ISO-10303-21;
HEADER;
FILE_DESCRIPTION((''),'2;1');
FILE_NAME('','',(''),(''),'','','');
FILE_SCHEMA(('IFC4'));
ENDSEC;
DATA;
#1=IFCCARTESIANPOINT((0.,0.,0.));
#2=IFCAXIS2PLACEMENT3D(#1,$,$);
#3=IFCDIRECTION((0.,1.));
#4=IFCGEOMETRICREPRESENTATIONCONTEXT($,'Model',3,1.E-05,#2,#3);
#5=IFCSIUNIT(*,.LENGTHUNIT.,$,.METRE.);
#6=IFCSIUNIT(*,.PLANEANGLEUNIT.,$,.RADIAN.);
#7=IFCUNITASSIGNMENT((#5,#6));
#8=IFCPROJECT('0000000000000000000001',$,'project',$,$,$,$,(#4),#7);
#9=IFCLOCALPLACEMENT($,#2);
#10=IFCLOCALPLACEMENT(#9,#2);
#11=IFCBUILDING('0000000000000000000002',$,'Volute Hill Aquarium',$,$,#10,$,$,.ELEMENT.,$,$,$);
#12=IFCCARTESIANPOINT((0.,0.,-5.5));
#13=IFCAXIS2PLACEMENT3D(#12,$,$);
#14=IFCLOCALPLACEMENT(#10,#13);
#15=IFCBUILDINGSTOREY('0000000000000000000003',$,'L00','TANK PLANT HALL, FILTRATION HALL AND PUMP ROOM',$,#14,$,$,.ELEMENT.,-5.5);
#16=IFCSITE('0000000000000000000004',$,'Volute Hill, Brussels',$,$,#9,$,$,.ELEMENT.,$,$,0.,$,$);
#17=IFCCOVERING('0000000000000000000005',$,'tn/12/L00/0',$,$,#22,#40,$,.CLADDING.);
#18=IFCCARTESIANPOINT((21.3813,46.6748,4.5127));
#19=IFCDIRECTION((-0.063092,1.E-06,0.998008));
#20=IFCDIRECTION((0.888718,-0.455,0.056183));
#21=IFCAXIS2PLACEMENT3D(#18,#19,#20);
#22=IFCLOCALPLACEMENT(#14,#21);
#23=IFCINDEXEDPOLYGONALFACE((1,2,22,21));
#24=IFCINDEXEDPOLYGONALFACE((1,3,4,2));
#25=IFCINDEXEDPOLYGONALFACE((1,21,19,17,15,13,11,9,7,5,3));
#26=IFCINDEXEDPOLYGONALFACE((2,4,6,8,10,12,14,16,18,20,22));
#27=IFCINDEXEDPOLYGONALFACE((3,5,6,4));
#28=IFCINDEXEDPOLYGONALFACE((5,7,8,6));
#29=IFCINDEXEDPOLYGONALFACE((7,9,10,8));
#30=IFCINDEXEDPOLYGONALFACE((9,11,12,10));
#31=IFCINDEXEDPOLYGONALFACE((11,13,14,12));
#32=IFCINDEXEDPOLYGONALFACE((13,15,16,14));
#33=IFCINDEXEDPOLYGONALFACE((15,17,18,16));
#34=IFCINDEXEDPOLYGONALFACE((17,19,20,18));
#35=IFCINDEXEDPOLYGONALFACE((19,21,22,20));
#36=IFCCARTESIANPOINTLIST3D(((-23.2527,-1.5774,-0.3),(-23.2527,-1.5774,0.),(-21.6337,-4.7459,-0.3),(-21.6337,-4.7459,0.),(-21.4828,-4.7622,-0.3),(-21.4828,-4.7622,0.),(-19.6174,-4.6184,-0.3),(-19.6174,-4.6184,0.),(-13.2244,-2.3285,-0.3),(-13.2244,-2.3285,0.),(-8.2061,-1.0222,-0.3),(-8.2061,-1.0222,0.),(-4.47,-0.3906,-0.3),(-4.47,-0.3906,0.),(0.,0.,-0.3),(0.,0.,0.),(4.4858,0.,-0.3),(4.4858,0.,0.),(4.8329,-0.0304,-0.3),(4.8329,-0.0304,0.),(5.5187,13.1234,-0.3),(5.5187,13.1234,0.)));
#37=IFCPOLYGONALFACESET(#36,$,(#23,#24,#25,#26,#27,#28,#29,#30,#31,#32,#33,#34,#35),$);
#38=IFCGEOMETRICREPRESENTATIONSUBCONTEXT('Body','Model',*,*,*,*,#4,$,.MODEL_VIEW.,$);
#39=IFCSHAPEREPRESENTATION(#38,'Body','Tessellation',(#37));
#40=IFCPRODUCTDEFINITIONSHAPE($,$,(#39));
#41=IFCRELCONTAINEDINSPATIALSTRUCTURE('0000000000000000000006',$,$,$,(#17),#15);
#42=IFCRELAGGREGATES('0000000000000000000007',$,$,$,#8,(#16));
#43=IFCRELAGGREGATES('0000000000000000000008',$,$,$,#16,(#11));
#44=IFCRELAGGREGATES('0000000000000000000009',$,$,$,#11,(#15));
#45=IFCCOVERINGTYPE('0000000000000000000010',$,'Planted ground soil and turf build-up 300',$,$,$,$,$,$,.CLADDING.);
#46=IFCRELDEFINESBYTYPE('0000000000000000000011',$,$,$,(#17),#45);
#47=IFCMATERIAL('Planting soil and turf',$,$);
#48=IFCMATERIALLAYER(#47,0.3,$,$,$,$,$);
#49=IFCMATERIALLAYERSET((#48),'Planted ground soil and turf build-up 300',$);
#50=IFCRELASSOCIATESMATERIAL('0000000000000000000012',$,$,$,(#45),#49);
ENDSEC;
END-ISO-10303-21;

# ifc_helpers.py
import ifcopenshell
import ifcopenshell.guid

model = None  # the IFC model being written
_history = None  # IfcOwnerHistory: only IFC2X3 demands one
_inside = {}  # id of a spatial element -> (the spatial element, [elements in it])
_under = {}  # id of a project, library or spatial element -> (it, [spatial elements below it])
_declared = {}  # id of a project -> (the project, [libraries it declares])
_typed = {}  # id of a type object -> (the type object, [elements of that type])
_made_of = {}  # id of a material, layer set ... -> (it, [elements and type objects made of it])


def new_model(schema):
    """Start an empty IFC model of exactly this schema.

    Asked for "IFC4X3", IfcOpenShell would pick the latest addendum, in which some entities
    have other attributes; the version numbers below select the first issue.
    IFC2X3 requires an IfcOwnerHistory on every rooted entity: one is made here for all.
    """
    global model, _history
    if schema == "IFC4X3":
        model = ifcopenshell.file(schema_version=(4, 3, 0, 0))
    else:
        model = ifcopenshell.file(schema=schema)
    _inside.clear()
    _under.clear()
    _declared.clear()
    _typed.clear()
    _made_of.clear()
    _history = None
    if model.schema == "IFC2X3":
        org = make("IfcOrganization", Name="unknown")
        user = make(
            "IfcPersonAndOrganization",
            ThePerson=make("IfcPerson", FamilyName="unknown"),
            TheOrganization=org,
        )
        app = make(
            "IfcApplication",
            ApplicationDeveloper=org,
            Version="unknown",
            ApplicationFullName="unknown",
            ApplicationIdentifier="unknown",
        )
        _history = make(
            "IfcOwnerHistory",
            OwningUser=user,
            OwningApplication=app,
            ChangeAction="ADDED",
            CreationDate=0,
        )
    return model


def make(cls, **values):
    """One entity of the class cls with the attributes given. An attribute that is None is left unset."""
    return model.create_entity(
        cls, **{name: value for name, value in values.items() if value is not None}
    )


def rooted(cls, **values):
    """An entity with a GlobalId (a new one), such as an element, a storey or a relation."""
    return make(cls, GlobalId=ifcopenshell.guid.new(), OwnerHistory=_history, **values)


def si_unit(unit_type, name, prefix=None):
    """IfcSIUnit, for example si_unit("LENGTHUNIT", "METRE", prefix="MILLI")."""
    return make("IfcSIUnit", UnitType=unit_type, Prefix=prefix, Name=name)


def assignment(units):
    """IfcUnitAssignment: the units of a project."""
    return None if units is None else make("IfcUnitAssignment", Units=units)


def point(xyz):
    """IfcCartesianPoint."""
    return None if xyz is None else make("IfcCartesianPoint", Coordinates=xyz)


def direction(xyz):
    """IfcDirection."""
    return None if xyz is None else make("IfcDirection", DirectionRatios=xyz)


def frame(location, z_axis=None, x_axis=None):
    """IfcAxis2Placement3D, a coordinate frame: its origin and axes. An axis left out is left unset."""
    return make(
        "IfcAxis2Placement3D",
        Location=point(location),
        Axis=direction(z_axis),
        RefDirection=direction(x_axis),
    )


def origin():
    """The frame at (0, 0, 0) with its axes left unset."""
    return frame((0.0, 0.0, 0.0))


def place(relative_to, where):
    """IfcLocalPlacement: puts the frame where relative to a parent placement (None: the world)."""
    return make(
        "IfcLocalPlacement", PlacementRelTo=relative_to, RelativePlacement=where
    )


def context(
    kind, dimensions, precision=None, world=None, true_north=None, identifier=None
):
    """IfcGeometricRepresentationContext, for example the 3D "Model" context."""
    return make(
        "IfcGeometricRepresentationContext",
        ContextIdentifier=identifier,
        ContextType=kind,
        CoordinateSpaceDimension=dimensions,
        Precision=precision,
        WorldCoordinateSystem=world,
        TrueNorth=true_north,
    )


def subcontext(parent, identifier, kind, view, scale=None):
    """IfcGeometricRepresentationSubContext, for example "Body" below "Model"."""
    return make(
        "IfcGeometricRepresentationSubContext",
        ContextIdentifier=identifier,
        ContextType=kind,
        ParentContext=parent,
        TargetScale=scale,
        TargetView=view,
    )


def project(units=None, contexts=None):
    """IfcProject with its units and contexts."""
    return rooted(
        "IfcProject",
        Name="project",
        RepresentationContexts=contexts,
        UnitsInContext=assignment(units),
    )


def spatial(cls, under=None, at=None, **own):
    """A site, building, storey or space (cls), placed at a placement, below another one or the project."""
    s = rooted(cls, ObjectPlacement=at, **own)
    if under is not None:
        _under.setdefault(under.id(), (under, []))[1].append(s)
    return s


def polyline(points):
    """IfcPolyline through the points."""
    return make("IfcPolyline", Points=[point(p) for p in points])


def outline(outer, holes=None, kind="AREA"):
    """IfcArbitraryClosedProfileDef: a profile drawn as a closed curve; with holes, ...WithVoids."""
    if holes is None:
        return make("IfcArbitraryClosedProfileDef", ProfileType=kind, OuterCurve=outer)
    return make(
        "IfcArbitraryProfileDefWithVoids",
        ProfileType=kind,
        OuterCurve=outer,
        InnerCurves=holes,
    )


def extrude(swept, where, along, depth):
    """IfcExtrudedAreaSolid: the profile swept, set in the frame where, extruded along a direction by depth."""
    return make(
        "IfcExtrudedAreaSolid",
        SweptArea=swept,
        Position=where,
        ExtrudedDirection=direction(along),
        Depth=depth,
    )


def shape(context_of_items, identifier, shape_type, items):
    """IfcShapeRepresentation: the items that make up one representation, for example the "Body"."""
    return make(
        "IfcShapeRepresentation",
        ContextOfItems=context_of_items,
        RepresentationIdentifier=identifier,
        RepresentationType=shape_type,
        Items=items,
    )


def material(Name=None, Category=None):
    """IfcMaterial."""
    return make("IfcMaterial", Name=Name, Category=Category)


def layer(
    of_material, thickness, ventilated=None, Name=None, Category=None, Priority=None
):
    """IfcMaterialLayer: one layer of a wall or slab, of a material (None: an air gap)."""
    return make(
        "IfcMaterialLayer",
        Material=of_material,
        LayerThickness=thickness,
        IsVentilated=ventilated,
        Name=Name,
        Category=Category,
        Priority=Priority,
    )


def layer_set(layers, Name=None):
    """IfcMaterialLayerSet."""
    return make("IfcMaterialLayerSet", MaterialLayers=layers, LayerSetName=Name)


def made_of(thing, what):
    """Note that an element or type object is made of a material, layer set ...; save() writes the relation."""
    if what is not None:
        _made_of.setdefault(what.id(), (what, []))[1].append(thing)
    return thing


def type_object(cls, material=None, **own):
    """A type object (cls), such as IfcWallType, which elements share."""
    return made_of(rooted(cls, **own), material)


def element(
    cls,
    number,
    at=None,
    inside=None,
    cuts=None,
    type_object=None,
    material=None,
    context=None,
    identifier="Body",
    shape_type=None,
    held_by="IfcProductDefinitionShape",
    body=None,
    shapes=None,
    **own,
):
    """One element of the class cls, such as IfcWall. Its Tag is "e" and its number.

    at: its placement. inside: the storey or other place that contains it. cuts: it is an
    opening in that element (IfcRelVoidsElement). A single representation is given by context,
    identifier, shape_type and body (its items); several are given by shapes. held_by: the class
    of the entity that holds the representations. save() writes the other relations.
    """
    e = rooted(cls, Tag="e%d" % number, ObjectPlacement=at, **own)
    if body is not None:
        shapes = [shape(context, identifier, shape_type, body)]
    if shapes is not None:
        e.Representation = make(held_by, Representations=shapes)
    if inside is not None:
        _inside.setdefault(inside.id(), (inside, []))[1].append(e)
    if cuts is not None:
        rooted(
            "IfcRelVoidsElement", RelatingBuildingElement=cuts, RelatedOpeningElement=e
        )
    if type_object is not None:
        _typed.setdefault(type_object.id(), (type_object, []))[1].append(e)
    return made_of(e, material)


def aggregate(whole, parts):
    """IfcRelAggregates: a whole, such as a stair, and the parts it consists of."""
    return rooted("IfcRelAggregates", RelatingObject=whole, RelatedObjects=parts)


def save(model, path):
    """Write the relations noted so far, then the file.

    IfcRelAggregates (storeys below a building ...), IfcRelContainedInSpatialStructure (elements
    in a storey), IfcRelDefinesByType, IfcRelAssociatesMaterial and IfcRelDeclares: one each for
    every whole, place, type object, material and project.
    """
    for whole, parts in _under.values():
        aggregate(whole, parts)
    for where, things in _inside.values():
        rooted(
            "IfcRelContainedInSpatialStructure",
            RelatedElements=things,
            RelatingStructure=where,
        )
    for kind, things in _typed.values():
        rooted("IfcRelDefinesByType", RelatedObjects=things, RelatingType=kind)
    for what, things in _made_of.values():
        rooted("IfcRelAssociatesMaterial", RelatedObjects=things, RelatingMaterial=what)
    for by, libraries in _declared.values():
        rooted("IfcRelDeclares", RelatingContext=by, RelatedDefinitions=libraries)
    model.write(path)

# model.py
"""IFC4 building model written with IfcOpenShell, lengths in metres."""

from ifc_helpers import new_model, si_unit, direction, frame, origin, place, context, subcontext, project, spatial, polyline, outline, extrude, material, layer, layer_set, type_object, element, save


model = new_model("IFC4")

# Units and contexts
model_context = context("Model", 3, precision=1e-05, world=origin(), true_north=direction((0.0, 1.0)))
body_context = subcontext(model_context, "Body", "Model", "MODEL_VIEW")
ifc_project = project(units=[si_unit("LENGTHUNIT", "METRE"), si_unit("PLANEANGLEUNIT", "RADIAN")], contexts=[model_context])

# Site, building, storey
site_placement = place(None, origin())
site = spatial("IfcSite", under=ifc_project, at=site_placement, Name="Volute Hill, Brussels", CompositionType="ELEMENT", RefElevation=0.0)
building_placement = place(site_placement, origin())
building = spatial("IfcBuilding", under=site, at=building_placement, Name="Volute Hill Aquarium", CompositionType="ELEMENT")
storey_placement = place(building_placement, frame((0.0, 0.0, -5.5)))
storey = spatial("IfcBuildingStorey", under=building, at=storey_placement, Name="L00", Description="TANK PLANT HALL, FILTRATION HALL AND PUMP ROOM", CompositionType="ELEMENT", Elevation=-5.5)

# Covering
ifc_material_1 = material(Name="Planting soil and turf")
ifc_layer_1 = layer(ifc_material_1, 0.3)
ifc_layer_set_1 = layer_set([ifc_layer_1], Name="Planted ground soil and turf build-up 300")
covering_type = type_object("IfcCoveringType", Name="Planted ground soil and turf build-up 300", PredefinedType="CLADDING", material=ifc_layer_set_1)
covering_placement = place(storey_placement, frame((21.3813, 46.6748, 4.5127), z_axis=(-0.063092, 0.000001, 0.998008), x_axis=(0.888718, -0.455, 0.056183)))
element("IfcCovering", 1, at=covering_placement, inside=storey, type_object=covering_type, Name="tn/12/L00/0", PredefinedType="CLADDING", context=body_context, shape_type="SweptSolid", body=[
    extrude(outline(polyline([(0.0, 0.0), (4.4858, 0.0), (4.8329, -0.0304), (5.5187, 13.1234), (-23.2527, -1.5774), (-21.6337, -4.7459), (-21.4828, -4.7622), (-19.6174, -4.6184), (-13.2244, -2.3285), (-8.2061, -1.0222), (-4.47, -0.3906), (0.0, 0.0)])), origin(), (0.0, 0.0, -1.0), 0.3),
])

save(model, "model.ifc")
